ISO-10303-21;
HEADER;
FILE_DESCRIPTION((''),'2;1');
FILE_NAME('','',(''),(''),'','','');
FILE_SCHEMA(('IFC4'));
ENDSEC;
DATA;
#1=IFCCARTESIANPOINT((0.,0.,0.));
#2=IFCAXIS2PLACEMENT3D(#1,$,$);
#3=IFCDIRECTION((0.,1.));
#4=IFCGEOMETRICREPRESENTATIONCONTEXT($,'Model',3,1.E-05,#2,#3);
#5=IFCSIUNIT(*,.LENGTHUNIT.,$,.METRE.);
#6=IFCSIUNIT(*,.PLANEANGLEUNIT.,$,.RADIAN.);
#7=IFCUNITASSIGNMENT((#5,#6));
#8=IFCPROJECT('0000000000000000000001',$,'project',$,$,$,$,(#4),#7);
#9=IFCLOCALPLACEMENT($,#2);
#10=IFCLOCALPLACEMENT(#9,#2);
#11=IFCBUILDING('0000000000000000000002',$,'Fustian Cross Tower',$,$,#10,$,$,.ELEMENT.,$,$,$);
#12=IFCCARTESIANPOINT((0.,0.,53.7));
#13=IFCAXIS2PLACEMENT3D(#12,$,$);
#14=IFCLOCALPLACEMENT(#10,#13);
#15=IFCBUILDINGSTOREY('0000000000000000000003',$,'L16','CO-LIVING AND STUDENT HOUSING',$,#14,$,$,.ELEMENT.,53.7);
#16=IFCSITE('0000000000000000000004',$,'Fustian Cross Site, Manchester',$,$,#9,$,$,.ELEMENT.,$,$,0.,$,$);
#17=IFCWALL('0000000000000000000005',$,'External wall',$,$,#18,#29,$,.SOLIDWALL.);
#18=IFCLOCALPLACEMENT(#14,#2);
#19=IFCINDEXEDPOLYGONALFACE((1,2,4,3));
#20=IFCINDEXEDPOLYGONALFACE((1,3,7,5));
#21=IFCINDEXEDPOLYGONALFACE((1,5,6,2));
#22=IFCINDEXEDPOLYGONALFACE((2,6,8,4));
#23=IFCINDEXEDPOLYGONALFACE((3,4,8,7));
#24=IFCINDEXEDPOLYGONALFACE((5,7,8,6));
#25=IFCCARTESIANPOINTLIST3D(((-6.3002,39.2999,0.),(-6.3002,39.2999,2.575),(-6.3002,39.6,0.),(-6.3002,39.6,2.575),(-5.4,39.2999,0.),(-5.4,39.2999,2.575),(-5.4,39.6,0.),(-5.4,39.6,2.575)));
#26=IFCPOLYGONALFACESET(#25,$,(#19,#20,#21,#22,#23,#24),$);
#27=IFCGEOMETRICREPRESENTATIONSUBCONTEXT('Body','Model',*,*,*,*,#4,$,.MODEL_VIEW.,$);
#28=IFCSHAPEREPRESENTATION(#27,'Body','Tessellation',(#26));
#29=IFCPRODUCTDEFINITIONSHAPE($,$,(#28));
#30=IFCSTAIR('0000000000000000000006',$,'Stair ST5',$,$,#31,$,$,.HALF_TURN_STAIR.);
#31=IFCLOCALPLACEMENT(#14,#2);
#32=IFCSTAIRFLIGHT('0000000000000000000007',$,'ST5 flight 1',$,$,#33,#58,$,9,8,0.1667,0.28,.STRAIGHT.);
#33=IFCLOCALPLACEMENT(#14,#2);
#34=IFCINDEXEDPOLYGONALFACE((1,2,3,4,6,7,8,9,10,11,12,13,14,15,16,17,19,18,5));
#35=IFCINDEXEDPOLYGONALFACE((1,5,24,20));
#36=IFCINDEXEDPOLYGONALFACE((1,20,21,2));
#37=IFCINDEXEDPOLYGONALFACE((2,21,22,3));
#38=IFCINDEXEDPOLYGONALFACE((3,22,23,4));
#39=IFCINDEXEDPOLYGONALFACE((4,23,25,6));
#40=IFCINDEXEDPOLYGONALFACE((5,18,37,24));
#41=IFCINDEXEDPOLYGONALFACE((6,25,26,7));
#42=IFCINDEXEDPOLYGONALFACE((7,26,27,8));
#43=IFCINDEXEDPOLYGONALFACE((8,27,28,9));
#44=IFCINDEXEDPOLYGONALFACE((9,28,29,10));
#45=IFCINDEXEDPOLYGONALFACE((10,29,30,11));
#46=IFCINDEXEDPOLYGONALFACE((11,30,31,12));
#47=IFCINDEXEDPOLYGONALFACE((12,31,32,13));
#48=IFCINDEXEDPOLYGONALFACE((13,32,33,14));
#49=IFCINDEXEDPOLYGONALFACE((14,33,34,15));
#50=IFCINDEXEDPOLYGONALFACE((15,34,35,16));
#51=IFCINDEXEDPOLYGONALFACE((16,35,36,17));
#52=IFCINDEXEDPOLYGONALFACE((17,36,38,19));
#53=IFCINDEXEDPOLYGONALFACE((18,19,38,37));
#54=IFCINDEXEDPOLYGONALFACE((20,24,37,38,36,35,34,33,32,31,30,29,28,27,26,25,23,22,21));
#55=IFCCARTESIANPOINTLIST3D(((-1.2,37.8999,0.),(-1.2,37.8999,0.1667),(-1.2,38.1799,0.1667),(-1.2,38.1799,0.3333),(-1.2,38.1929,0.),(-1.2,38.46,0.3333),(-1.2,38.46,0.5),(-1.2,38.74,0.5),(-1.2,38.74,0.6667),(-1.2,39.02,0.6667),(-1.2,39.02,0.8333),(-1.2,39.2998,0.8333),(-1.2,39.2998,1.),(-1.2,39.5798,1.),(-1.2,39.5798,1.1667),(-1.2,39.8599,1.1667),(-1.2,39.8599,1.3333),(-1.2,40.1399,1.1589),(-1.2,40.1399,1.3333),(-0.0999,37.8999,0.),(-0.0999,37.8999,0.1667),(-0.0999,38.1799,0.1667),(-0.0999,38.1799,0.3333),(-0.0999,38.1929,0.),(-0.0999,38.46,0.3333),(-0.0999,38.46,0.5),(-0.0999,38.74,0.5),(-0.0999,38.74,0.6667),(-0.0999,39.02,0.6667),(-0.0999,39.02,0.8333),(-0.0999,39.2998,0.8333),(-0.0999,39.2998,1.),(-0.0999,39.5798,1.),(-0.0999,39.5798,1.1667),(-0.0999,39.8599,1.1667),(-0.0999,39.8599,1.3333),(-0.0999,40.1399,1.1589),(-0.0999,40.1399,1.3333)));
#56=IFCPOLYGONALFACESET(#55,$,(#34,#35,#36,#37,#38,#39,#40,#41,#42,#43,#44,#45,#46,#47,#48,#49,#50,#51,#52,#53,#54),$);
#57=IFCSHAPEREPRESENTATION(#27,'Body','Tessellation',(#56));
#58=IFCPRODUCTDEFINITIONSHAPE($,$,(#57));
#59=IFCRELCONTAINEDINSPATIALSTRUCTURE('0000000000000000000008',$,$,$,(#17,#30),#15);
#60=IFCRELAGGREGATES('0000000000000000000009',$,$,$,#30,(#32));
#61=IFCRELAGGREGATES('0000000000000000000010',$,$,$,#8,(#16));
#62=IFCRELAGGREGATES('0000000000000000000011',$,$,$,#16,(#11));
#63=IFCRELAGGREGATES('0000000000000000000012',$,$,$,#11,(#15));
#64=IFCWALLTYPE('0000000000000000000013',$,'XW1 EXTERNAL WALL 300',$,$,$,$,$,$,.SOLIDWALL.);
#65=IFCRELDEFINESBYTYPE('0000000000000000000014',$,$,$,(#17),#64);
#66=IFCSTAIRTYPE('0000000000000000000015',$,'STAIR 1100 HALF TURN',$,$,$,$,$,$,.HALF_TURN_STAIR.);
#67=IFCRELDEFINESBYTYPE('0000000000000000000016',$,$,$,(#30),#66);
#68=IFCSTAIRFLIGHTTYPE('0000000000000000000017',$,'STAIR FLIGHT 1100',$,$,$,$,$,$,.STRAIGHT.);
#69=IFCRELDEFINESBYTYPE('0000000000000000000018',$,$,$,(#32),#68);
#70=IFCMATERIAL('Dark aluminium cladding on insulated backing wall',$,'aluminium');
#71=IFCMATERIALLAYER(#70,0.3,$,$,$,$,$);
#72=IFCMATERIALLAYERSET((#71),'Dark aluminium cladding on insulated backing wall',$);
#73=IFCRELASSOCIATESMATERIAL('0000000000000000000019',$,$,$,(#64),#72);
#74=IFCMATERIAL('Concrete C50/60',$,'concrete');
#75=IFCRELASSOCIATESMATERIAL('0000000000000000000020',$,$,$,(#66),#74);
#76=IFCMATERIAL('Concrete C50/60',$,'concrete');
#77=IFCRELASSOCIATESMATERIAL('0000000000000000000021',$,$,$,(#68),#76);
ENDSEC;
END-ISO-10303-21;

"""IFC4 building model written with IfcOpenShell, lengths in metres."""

from ifc_helpers import new_model, si_unit, direction, frame, frame_2d, origin, place, context, subcontext, project, spatial, polyline, rectangle, outline, extrude, material, layer, layer_set, type_object, element, aggregate, save


model = new_model("IFC4")

# Units and contexts
model_context = context("Model", 3, precision=1e-05, world=origin(), true_north=direction((0.0, 1.0)))
body_context = subcontext(model_context, "Body", "Model", "MODEL_VIEW")
ifc_project = project(units=[si_unit("LENGTHUNIT", "METRE"), si_unit("PLANEANGLEUNIT", "RADIAN")], contexts=[model_context])

# Site, building, storey
site_placement = place(None, origin())
site = spatial("IfcSite", under=ifc_project, at=site_placement, Name="Fustian Cross Site, Manchester", CompositionType="ELEMENT", RefElevation=0.0)
building_placement = place(site_placement, origin())
building = spatial("IfcBuilding", under=site, at=building_placement, Name="Fustian Cross Tower", CompositionType="ELEMENT")
storey_placement = place(building_placement, frame((0.0, 0.0, 53.7)))
storey = spatial("IfcBuildingStorey", under=building, at=storey_placement, Name="L16", Description="CO-LIVING AND STUDENT HOUSING", CompositionType="ELEMENT", Elevation=53.7)

# Shared definitions
ifc_material_1 = material(Name="Dark aluminium cladding on insulated backing wall", Category="aluminium")
ifc_layer_1 = layer(ifc_material_1, 0.3)
ifc_layer_set_1 = layer_set([ifc_layer_1], Name="Dark aluminium cladding on insulated backing wall")
wall_type_1 = type_object("IfcWallType", Name="XW1 EXTERNAL WALL 300", PredefinedType="SOLIDWALL", material=ifc_layer_set_1)

# Wall
wall_1_placement = place(storey_placement, frame((-5.3999, 39.45, 0.0), z_axis=(0.0, 0.0, 1.0), x_axis=(-1.0, 0.0, 0.0)))
element("IfcWall", 1, at=wall_1_placement, inside=storey, type_object=wall_type_1, Name="External wall", PredefinedType="SOLIDWALL", context=body_context, shape_type="SweptSolid", body=[
    extrude(rectangle(XDim=0.9001, YDim=0.3, at=frame_2d((0.4502, 0.0))), origin(), (0.0, 0.0, 1.0), 2.575),
])

# Stair, stair flight
ifc_material_2 = material(Name="Concrete C50/60", Category="concrete")
stair_type = type_object("IfcStairType", Name="STAIR 1100 HALF TURN", PredefinedType="HALF_TURN_STAIR", material=ifc_material_2)
stair_placement = place(storey_placement, origin())
stair = element("IfcStair", 2, at=stair_placement, inside=storey, type_object=stair_type, Name="Stair ST5", PredefinedType="HALF_TURN_STAIR")
ifc_material_3 = material(Name="Concrete C50/60", Category="concrete")
stair_flight_type = type_object("IfcStairFlightType", Name="STAIR FLIGHT 1100", PredefinedType="STRAIGHT", material=ifc_material_3)
stair_flight_placement = place(storey_placement, frame((-0.6499, 37.8999, 0.0), z_axis=(0.0, 0.0, 1.0), x_axis=(0.0, 1.0, 0.0)))
stair_flight = element("IfcStairFlight", 3, at=stair_flight_placement, type_object=stair_flight_type, Name="ST5 flight 1", NumberOfRisers=9, NumberOfTreads=8, PredefinedType="STRAIGHT", RiserHeight=0.1667, TreadLength=0.28, context=body_context, shape_type="SweptSolid", body=[
    extrude(outline(polyline([(0.0, 0.0), (0.0, 0.1667), (0.28, 0.1667), (0.28, 0.3333), (0.5601, 0.3333), (0.5601, 0.5), (0.8401, 0.5), (0.8401, 0.6667), (1.1201, 0.6667), (1.1201, 0.8333), (1.3999, 0.8333), (1.3999, 1.0), (1.6799, 1.0), (1.6799, 1.1667), (1.96, 1.1667), (1.96, 1.3333), (2.24, 1.3333), (2.24, 1.5), (2.24, 1.1589), (0.293, 0.0), (0.0, 0.0)])), frame((0.0, 0.55, 0.0), z_axis=(0.0, -1.0, 0.0), x_axis=(1.0, 0.0, 0.0)), (0.0, 0.0, 1.0), 1.1001),
])
aggregate(stair, [stair_flight])

save(model, "model.ifc")
